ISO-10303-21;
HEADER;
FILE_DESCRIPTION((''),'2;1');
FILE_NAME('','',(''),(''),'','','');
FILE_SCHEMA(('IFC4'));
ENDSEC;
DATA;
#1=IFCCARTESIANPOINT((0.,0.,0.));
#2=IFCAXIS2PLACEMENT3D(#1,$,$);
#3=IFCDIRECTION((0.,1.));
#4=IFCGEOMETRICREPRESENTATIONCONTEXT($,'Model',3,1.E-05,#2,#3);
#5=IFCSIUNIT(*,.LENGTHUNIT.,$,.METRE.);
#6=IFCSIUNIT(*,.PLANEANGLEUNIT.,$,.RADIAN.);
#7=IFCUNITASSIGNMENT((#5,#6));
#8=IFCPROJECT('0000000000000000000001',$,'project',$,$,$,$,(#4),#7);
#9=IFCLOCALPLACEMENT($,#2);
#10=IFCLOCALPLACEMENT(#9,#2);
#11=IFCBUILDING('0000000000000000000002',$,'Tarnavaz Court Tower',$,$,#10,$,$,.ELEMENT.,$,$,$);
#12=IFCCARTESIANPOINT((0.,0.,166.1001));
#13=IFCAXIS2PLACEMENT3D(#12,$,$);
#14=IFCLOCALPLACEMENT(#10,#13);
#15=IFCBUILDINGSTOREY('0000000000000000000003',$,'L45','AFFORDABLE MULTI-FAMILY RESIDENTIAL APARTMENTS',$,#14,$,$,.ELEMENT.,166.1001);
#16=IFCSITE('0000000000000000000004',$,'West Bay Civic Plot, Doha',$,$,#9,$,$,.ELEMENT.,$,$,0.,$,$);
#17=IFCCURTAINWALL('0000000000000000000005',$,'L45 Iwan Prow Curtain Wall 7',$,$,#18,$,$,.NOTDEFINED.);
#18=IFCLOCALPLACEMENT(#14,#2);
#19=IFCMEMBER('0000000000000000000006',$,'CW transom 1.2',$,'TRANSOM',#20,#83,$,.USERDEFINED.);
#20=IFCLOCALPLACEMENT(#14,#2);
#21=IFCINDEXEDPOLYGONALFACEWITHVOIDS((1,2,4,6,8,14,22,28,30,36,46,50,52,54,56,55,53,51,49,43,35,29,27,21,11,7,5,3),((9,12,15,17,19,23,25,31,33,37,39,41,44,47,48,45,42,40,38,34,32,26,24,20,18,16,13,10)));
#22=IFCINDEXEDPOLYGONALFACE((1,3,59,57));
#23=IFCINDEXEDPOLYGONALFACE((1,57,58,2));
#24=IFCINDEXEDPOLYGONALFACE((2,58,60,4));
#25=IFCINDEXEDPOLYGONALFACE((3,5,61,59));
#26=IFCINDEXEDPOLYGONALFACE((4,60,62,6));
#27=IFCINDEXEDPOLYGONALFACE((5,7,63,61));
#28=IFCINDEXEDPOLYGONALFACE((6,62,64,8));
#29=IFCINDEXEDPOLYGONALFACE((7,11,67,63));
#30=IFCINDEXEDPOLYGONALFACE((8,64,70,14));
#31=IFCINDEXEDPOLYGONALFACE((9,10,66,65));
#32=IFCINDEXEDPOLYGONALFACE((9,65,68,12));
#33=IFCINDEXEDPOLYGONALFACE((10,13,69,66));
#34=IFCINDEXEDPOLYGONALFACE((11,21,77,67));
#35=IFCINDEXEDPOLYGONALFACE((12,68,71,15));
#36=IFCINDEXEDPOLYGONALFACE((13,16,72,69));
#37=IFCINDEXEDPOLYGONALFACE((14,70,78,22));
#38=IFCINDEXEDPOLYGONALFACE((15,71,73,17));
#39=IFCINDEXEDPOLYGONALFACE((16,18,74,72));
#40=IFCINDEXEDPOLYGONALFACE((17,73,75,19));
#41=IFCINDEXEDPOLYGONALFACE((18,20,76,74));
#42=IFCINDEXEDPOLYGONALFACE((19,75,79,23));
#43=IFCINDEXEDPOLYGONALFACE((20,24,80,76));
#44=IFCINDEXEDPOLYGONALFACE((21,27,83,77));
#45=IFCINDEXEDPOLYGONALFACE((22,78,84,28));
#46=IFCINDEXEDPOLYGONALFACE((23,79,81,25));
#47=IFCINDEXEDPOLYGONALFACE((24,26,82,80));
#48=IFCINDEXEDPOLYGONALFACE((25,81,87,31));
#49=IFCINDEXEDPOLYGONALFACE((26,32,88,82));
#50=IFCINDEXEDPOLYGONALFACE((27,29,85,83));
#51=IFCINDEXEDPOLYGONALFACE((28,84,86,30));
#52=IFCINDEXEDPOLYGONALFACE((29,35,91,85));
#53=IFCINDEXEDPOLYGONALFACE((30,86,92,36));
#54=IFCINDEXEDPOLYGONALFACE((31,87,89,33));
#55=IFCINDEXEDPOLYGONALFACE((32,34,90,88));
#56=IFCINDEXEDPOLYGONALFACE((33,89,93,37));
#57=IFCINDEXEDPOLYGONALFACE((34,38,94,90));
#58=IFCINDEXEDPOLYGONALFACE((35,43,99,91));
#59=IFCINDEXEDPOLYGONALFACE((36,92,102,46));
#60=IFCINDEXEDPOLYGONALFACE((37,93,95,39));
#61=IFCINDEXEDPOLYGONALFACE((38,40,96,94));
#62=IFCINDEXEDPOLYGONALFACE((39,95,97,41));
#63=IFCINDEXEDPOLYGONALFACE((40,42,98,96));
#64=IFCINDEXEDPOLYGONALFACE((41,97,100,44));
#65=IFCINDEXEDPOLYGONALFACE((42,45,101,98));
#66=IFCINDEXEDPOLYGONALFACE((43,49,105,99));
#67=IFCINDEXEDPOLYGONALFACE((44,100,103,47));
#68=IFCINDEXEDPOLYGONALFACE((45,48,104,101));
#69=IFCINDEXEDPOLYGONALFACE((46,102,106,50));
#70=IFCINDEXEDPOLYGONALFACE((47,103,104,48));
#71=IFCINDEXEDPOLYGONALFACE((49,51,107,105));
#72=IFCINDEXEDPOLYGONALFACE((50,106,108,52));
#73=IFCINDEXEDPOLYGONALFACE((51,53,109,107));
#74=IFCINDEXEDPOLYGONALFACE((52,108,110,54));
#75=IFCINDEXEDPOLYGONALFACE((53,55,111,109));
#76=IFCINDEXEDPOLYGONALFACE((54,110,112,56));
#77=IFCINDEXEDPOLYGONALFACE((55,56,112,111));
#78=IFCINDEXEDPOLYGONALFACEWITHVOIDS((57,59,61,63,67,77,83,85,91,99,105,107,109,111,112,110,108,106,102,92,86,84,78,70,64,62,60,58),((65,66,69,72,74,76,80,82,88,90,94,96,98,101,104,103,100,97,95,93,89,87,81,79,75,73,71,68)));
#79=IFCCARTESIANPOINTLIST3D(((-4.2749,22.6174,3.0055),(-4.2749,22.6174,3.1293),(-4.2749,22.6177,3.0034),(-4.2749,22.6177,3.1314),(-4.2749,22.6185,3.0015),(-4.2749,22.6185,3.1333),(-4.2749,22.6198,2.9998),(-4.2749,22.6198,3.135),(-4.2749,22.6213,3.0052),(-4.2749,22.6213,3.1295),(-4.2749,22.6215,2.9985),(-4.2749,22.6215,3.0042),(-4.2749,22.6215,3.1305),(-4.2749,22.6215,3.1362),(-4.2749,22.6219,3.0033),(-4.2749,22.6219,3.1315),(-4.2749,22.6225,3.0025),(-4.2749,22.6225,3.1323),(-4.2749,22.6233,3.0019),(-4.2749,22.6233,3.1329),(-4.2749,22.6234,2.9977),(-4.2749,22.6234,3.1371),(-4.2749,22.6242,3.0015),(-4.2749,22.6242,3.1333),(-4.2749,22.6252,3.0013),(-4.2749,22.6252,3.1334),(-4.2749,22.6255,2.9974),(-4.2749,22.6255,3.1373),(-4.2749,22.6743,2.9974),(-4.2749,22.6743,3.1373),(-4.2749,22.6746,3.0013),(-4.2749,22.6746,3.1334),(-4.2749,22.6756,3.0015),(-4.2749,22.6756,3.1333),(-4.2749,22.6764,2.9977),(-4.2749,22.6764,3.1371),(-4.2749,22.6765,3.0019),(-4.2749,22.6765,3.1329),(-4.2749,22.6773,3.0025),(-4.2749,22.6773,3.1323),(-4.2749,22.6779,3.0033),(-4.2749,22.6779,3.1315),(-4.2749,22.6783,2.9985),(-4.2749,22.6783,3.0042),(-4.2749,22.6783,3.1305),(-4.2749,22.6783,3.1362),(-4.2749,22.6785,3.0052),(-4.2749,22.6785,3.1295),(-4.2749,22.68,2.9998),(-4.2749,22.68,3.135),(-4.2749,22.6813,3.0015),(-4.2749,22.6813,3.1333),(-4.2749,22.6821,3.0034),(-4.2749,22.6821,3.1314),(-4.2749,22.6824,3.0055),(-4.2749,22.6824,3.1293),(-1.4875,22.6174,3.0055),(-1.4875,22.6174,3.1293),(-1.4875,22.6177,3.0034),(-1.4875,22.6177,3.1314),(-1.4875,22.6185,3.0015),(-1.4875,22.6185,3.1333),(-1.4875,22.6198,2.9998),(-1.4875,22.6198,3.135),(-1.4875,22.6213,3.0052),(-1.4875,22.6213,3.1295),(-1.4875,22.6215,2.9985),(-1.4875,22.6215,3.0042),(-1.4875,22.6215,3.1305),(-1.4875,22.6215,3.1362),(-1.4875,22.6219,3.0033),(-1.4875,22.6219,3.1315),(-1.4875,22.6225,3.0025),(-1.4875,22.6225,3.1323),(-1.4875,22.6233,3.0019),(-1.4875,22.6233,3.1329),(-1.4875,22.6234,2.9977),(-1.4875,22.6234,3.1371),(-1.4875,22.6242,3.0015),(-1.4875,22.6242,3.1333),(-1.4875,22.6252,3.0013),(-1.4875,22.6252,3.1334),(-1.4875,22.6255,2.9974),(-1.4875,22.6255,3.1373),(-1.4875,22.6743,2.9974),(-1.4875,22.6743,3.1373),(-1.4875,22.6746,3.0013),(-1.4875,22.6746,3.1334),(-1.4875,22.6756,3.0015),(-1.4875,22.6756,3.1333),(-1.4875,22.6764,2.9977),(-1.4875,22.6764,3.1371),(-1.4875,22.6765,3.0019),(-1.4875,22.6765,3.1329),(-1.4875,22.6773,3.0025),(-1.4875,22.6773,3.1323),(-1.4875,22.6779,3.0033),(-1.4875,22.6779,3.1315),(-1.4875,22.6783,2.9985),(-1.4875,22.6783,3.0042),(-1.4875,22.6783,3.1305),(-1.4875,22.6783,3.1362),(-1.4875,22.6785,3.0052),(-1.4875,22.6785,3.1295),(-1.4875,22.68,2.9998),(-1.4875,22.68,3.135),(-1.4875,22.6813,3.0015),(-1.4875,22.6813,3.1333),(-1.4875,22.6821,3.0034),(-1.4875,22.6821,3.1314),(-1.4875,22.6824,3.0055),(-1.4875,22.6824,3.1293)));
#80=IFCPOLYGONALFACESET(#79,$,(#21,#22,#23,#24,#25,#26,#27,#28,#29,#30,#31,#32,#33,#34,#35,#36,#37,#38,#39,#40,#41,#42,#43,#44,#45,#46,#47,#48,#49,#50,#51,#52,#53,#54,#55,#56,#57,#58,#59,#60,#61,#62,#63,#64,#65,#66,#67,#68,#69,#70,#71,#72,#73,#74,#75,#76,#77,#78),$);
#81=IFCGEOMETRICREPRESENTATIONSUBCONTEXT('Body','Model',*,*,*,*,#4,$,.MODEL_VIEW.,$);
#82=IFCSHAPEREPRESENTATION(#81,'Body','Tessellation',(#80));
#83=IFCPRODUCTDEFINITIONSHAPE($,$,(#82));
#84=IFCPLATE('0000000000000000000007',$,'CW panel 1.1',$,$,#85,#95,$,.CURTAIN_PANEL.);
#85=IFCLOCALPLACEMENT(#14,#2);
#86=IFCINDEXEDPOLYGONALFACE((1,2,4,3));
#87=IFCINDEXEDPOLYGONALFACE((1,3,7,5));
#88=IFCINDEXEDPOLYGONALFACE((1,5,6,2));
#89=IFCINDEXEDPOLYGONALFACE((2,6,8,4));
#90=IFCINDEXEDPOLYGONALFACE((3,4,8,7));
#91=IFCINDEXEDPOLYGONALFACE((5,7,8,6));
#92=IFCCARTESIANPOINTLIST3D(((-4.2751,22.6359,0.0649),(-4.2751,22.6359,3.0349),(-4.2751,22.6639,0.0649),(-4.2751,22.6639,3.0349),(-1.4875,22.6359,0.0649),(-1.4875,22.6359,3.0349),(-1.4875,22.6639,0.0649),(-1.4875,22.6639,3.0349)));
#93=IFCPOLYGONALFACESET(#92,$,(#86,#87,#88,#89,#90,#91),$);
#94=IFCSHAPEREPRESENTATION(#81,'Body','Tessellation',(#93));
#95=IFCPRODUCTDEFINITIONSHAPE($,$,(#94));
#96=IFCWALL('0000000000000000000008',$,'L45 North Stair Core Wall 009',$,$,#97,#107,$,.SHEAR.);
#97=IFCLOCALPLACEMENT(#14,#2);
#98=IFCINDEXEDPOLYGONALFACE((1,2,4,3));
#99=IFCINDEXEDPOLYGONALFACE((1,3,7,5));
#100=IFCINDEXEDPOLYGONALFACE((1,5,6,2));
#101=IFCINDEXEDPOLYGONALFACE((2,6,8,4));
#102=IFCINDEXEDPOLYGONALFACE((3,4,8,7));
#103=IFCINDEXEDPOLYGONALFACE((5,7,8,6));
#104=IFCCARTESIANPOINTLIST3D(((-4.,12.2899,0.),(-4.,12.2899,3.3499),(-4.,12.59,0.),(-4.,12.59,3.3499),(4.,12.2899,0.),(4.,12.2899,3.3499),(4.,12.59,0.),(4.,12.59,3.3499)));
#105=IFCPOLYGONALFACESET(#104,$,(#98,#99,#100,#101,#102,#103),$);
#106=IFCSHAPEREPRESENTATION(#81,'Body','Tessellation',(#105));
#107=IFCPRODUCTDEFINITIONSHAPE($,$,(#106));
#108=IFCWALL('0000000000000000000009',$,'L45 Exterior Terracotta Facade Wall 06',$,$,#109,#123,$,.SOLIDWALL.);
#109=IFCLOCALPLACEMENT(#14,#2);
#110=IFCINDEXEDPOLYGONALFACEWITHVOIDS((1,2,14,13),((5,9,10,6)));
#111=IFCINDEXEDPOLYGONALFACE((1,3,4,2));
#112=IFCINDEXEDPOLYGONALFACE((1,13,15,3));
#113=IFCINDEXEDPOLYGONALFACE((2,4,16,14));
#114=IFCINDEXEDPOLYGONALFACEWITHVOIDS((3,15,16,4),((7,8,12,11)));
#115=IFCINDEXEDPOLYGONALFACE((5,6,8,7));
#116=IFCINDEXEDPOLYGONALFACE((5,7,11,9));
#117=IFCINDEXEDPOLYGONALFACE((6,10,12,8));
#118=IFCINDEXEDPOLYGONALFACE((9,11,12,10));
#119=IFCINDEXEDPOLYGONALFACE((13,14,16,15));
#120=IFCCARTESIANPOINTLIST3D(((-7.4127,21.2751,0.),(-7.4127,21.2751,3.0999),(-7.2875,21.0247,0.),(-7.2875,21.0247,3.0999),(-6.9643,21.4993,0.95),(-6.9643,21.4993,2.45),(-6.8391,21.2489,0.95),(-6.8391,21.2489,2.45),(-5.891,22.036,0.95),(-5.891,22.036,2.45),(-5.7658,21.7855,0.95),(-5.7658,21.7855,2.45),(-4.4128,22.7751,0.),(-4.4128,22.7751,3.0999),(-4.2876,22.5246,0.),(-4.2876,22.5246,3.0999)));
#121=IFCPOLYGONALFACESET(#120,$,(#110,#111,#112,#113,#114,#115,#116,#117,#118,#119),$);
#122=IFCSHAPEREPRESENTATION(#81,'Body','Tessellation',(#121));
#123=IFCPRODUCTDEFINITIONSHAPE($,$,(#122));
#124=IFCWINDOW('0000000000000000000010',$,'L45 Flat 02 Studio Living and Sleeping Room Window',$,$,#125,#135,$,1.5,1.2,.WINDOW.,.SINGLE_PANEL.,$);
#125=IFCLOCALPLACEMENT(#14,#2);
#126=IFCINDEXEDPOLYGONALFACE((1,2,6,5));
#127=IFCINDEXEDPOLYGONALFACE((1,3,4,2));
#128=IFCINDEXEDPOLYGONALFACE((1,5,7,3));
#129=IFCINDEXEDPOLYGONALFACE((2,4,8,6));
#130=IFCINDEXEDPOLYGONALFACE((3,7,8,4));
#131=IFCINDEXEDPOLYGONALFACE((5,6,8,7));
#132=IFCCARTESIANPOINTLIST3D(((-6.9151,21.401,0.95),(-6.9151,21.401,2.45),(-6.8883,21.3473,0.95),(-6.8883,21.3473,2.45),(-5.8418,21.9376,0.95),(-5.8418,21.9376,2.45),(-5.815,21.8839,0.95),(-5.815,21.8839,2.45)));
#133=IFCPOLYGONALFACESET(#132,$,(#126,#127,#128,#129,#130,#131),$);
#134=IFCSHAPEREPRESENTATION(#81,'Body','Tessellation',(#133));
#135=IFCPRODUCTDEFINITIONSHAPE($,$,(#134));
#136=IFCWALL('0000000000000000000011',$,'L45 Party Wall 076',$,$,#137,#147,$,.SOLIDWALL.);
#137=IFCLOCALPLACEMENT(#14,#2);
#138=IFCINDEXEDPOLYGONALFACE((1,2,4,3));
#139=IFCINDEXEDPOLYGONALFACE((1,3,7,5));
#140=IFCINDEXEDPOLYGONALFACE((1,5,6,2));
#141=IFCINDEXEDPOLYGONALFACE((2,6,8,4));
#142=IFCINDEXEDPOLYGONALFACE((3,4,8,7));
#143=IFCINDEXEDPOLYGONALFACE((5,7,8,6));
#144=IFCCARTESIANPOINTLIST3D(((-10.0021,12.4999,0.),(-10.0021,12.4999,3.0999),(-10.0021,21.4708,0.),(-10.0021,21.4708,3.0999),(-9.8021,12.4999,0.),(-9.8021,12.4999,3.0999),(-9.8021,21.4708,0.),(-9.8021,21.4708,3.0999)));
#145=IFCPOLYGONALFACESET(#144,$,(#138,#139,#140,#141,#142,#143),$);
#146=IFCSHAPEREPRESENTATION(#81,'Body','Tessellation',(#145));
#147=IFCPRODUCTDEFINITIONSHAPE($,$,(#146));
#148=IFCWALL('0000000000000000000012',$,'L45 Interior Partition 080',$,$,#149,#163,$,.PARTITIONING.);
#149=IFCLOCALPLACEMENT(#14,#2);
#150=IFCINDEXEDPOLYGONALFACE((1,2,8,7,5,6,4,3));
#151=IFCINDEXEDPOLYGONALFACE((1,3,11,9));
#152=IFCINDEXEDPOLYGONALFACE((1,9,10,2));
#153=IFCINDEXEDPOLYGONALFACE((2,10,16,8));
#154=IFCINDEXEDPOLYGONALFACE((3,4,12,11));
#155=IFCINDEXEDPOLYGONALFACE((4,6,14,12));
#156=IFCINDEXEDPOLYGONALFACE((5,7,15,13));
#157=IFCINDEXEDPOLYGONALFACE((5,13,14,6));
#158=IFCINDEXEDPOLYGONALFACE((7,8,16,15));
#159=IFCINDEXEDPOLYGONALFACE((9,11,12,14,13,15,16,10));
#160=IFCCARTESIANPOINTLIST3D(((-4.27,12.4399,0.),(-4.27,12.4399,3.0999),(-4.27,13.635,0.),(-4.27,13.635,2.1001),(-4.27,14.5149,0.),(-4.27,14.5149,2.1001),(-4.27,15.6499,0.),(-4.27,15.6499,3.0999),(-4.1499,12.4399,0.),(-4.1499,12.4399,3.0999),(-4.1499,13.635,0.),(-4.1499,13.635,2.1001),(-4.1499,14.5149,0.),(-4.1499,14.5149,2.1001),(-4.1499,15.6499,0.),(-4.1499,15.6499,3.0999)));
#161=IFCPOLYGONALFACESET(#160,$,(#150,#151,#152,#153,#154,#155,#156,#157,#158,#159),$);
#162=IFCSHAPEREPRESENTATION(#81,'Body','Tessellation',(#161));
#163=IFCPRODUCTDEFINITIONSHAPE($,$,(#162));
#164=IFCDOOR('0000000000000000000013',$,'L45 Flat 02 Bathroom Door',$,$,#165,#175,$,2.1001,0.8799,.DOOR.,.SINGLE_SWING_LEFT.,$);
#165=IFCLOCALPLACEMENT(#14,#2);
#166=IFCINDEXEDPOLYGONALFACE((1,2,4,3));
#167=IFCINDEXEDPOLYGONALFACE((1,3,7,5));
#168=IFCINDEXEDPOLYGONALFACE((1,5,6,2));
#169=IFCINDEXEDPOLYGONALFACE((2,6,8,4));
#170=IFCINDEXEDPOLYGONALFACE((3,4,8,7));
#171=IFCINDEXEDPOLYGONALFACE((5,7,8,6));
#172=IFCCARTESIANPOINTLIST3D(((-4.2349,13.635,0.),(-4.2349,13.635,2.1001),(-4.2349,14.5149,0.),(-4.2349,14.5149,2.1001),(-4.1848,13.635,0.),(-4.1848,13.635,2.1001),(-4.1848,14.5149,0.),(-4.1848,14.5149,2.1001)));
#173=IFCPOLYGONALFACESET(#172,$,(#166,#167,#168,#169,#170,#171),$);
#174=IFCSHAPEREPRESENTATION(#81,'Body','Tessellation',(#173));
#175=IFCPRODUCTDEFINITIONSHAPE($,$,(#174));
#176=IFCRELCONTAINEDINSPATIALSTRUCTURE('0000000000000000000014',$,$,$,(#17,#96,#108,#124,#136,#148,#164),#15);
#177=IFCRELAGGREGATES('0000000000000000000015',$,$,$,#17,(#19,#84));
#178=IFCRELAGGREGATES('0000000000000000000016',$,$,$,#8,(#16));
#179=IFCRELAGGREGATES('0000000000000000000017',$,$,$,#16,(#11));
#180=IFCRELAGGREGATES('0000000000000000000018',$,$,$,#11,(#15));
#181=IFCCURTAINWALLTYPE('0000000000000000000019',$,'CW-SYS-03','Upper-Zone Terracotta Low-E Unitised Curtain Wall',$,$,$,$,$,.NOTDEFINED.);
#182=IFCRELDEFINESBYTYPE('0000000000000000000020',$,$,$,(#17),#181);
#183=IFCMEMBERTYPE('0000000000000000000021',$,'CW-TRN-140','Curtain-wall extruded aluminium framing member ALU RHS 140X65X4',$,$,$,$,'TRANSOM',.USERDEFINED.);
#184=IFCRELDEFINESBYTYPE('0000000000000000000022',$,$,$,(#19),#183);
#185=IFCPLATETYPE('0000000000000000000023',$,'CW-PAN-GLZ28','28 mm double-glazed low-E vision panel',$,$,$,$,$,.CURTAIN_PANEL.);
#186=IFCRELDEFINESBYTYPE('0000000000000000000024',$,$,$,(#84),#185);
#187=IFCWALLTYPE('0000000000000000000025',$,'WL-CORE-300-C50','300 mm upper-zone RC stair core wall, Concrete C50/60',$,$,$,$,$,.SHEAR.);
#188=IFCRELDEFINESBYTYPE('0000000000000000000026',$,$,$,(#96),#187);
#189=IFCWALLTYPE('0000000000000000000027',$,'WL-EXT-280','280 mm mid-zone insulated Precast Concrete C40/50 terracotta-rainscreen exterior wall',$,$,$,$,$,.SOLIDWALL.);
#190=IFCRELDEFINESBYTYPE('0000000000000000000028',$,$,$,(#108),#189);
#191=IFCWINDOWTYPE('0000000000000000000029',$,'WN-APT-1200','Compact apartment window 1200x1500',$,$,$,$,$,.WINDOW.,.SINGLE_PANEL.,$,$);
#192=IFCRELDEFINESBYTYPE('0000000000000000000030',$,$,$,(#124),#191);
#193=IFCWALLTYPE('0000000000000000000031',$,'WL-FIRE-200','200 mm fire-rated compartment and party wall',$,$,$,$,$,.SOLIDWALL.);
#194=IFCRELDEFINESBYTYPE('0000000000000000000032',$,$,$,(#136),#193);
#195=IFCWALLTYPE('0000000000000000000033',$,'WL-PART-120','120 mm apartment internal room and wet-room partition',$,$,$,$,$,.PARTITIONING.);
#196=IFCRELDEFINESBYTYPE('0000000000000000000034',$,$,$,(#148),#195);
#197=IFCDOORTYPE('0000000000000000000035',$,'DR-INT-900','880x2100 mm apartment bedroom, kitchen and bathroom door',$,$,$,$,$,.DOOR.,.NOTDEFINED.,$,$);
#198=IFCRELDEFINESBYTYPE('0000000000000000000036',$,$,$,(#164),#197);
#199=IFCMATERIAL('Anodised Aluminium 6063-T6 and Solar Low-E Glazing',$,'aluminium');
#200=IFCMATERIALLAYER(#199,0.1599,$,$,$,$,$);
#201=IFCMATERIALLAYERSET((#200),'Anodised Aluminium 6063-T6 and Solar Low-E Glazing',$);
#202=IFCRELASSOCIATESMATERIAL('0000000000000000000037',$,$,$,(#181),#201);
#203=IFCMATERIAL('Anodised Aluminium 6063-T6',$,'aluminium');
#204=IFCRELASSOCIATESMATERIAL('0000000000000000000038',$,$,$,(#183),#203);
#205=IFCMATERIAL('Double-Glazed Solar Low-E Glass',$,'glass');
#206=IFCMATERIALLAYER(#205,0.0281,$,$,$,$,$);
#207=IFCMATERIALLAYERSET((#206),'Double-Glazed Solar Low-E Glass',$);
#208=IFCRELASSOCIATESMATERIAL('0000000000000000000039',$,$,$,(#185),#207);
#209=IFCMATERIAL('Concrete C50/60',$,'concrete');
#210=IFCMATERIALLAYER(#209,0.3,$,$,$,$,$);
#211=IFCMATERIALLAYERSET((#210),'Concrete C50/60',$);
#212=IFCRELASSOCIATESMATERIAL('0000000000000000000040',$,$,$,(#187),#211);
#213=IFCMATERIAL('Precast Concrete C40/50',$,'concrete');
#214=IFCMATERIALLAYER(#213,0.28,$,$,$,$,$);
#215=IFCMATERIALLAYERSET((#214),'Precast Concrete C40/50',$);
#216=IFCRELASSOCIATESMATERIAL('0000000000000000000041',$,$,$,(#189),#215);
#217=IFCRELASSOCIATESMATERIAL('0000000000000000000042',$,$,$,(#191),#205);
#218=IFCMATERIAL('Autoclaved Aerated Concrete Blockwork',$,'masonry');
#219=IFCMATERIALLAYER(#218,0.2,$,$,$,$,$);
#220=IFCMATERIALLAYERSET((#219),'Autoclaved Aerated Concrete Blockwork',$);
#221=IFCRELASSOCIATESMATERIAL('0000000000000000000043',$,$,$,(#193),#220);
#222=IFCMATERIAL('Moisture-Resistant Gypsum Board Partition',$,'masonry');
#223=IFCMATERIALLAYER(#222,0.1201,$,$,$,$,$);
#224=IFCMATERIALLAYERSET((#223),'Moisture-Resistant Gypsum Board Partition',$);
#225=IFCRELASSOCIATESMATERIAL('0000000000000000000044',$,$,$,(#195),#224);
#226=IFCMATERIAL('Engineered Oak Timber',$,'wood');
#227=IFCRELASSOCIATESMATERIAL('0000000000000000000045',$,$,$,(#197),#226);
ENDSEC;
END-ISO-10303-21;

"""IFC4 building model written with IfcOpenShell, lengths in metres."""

from ifc_helpers import new_model, si_unit, direction, frame, frame_2d, origin, origin_2d, place, context, subcontext, project, spatial, rectangle, hollow_rectangle, extrude, material, layer, layer_set, material_profile, profile_set, type_object, element, fill, aggregate, save


model = new_model("IFC4")

# Units and contexts
model_context = context("Model", 3, precision=1e-05, world=origin(), true_north=direction((0.0, 1.0)))
body_context = subcontext(model_context, "Body", "Model", "MODEL_VIEW")
ifc_project = project(units=[si_unit("LENGTHUNIT", "METRE"), si_unit("PLANEANGLEUNIT", "RADIAN")], contexts=[model_context])

# Site, building, storey
site_placement = place(None, origin())
site = spatial("IfcSite", under=ifc_project, at=site_placement, Name="West Bay Civic Plot, Doha", CompositionType="ELEMENT", RefElevation=0.0)
building_placement = place(site_placement, origin())
building = spatial("IfcBuilding", under=site, at=building_placement, Name="Tarnavaz Court Tower", CompositionType="ELEMENT")
storey_placement = place(building_placement, frame((0.0, 0.0, 166.1001)))
storey = spatial("IfcBuildingStorey", under=building, at=storey_placement, Name="L45", Description="AFFORDABLE MULTI-FAMILY RESIDENTIAL APARTMENTS", CompositionType="ELEMENT", Elevation=166.1001)

# Shared definitions
ifc_material_1 = material(Name="Concrete C50/60", Category="concrete")

# Curtain wall, member, plate
ifc_material_2 = material(Name="Anodised Aluminium 6063-T6 and Solar Low-E Glazing", Category="aluminium")
ifc_layer_1 = layer(ifc_material_2, 0.1599)
ifc_layer_set_1 = layer_set([ifc_layer_1], Name="Anodised Aluminium 6063-T6 and Solar Low-E Glazing")
curtain_wall_type = type_object("IfcCurtainWallType", Name="CW-SYS-03", Description="Upper-Zone Terracotta Low-E Unitised Curtain Wall", PredefinedType="NOTDEFINED", material=ifc_layer_set_1)
curtain_wall_placement = place(storey_placement, origin())
curtain_wall = element("IfcCurtainWall", 1, at=curtain_wall_placement, inside=storey, type_object=curtain_wall_type, Name="L45 Iwan Prow Curtain Wall 7", PredefinedType="NOTDEFINED")
ifc_material_3 = material(Name="Anodised Aluminium 6063-T6", Category="aluminium")
ifc_material_profile_1 = material_profile(ifc_material_3, hollow_rectangle(XDim=0.0649, YDim=0.1399, WallThickness=0.0039, InnerFilletRadius=0.0039, OuterFilletRadius=0.0081, at=origin_2d()), Name="ALU RHS 140X65X4")
ifc_profile_set_1 = profile_set([ifc_material_profile_1], Name="Anodised Aluminium 6063-T6")
member_type_1 = type_object("IfcMemberType", Name="CW-TRN-140", Description="Curtain-wall extruded aluminium framing member ALU RHS 140X65X4", ElementType="TRANSOM", PredefinedType="USERDEFINED", material=ifc_profile_set_1)
member_1_placement = place(storey_placement, frame((-4.2749, 22.6499, 3.0674), z_axis=(1.0, 0.0, 0.0), x_axis=(0.0, 1.0, 0.0)))
member_1 = element("IfcMember", 2, at=member_1_placement, type_object=member_type_1, Name="CW transom 1.2", ObjectType="TRANSOM", PredefinedType="USERDEFINED", context=body_context, shape_type="SweptSolid", body=[
    extrude(hollow_rectangle(XDim=0.0649, YDim=0.1399, WallThickness=0.0039, InnerFilletRadius=0.0039, OuterFilletRadius=0.0081, at=origin_2d()), origin(), (0.0, 0.0, 1.0), 2.7874),
])
ifc_material_4 = material(Name="Double-Glazed Solar Low-E Glass", Category="glass")
ifc_layer_2 = layer(ifc_material_4, 0.0281)
ifc_layer_set_2 = layer_set([ifc_layer_2], Name="Double-Glazed Solar Low-E Glass")
plate_type = type_object("IfcPlateType", Name="CW-PAN-GLZ28", Description="28 mm double-glazed low-E vision panel", PredefinedType="CURTAIN_PANEL", material=ifc_layer_set_2)
plate_placement = place(storey_placement, frame((-2.8813, 22.6499, 0.0649), z_axis=(0.0, 0.0, 1.0), x_axis=(1.0, 0.0, 0.0)))
plate = element("IfcPlate", 3, at=plate_placement, type_object=plate_type, Name="CW panel 1.1", PredefinedType="CURTAIN_PANEL", context=body_context, shape_type="SweptSolid", body=[
    extrude(rectangle(XDim=2.7876, YDim=0.0281, at=origin_2d()), origin(), (0.0, 0.0, 1.0), 2.97),
])
aggregate(curtain_wall, [member_1, plate])

# Wall
ifc_layer_3 = layer(ifc_material_1, 0.3)
ifc_layer_set_3 = layer_set([ifc_layer_3], Name="Concrete C50/60")
wall_type_1 = type_object("IfcWallType", Name="WL-CORE-300-C50", Description="300 mm upper-zone RC stair core wall, Concrete C50/60", PredefinedType="SHEAR", material=ifc_layer_set_3)
wall_1_placement = place(storey_placement, frame((-4.0, 12.4399, 0.0), z_axis=(0.0, 0.0, 1.0), x_axis=(1.0, 0.0, 0.0)))
element("IfcWall", 4, at=wall_1_placement, inside=storey, type_object=wall_type_1, Name="L45 North Stair Core Wall 009", PredefinedType="SHEAR", context=body_context, shape_type="SweptSolid", body=[
    extrude(rectangle(XDim=8.0, YDim=0.3, at=frame_2d((4.0, 0.0))), origin(), (0.0, 0.0, 1.0), 3.3499),
])

# Wall, opening, window
ifc_material_5 = material(Name="Precast Concrete C40/50", Category="concrete")
ifc_layer_4 = layer(ifc_material_5, 0.28)
ifc_layer_set_4 = layer_set([ifc_layer_4], Name="Precast Concrete C40/50")
wall_type_2 = type_object("IfcWallType", Name="WL-EXT-280", Description="280 mm mid-zone insulated Precast Concrete C40/50 terracotta-rainscreen exterior wall", PredefinedType="SOLIDWALL", material=ifc_layer_set_4)
wall_2_placement = place(storey_placement, frame((-7.3501, 21.1499, 0.0), z_axis=(0.0, 0.0, 1.0), x_axis=(0.894427, 0.447214, 0.0)))
wall_2 = element("IfcWall", 5, at=wall_2_placement, inside=storey, type_object=wall_type_2, Name="L45 Exterior Terracotta Facade Wall 06", PredefinedType="SOLIDWALL", context=body_context, shape_type="SweptSolid", body=[
    extrude(rectangle(XDim=3.354, YDim=0.28, at=frame_2d((1.677, 0.0))), origin(), (0.0, 0.0, 1.0), 3.0999),
])
opening_1_placement = place(wall_2_placement, frame((0.5012, 0.0, 0.95)))
opening_1 = element("IfcOpeningElement", 6, at=opening_1_placement, cuts=wall_2, PredefinedType="OPENING", context=body_context, shape_type="SweptSolid", body=[
    extrude(rectangle(XDim=1.2, YDim=1.5, at=frame_2d((0.6001, 0.75))), frame((0.0, 0.1499, 0.0), z_axis=(0.0, -1.0, 0.0), x_axis=(1.0, 0.0, 0.0)), (0.0, 0.0, 1.0), 0.3),
])
window_type = type_object("IfcWindowType", Name="WN-APT-1200", Description="Compact apartment window 1200x1500", PartitioningType="SINGLE_PANEL", PredefinedType="WINDOW", material=ifc_material_4)
window_placement = place(opening_1_placement, origin())
window = element("IfcWindow", 7, at=window_placement, inside=storey, type_object=window_type, Name="L45 Flat 02 Studio Living and Sleeping Room Window", OverallHeight=1.5, OverallWidth=1.2, PartitioningType="SINGLE_PANEL", PredefinedType="WINDOW", context=body_context, shape_type="SweptSolid", body=[
    extrude(rectangle(XDim=1.2, YDim=1.5, at=frame_2d((0.6001, 0.75))), frame((0.0, 0.03, 0.0), z_axis=(0.0, -1.0, 0.0), x_axis=(1.0, 0.0, 0.0)), (0.0, 0.0, 1.0), 0.0601),
])
fill(opening_1, window)

# Wall
ifc_material_6 = material(Name="Autoclaved Aerated Concrete Blockwork", Category="masonry")
ifc_layer_5 = layer(ifc_material_6, 0.2)
ifc_layer_set_5 = layer_set([ifc_layer_5], Name="Autoclaved Aerated Concrete Blockwork")
wall_type_3 = type_object("IfcWallType", Name="WL-FIRE-200", Description="200 mm fire-rated compartment and party wall", PredefinedType="SOLIDWALL", material=ifc_layer_set_5)
wall_3_placement = place(storey_placement, frame((-9.9021, 12.5, 0.0), z_axis=(0.0, 0.0, 1.0), x_axis=(0.0, 1.0, 0.0)))
element("IfcWall", 8, at=wall_3_placement, inside=storey, type_object=wall_type_3, Name="L45 Party Wall 076", PredefinedType="SOLIDWALL", context=body_context, shape_type="SweptSolid", body=[
    extrude(rectangle(XDim=8.9709, YDim=0.2, at=frame_2d((4.4854, 0.0))), origin(), (0.0, 0.0, 1.0), 3.0999),
])

# Wall, opening, door
ifc_material_7 = material(Name="Moisture-Resistant Gypsum Board Partition", Category="masonry")
ifc_layer_6 = layer(ifc_material_7, 0.1201)
ifc_layer_set_6 = layer_set([ifc_layer_6], Name="Moisture-Resistant Gypsum Board Partition")
wall_type_4 = type_object("IfcWallType", Name="WL-PART-120", Description="120 mm apartment internal room and wet-room partition", PredefinedType="PARTITIONING", material=ifc_layer_set_6)
wall_4_placement = place(storey_placement, frame((-4.21, 12.4399, 0.0), z_axis=(0.0, 0.0, 1.0), x_axis=(0.0, 1.0, 0.0)))
wall_4 = element("IfcWall", 9, at=wall_4_placement, inside=storey, type_object=wall_type_4, Name="L45 Interior Partition 080", PredefinedType="PARTITIONING", context=body_context, shape_type="SweptSolid", body=[
    extrude(rectangle(XDim=3.21, YDim=0.1201, at=frame_2d((1.605, 0.0))), origin(), (0.0, 0.0, 1.0), 3.0999),
])
opening_2_placement = place(wall_4_placement, frame((1.1951, 0.0, 0.0)))
opening_2 = element("IfcOpeningElement", 10, at=opening_2_placement, cuts=wall_4, PredefinedType="OPENING", context=body_context, shape_type="SweptSolid", body=[
    extrude(rectangle(XDim=0.8799, YDim=2.1001, at=frame_2d((0.4399, 1.05))), frame((0.0, 0.0701, 0.0), z_axis=(0.0, -1.0, 0.0), x_axis=(1.0, 0.0, 0.0)), (0.0, 0.0, 1.0), 0.1401),
])
ifc_material_8 = material(Name="Engineered Oak Timber", Category="wood")
door_type = type_object("IfcDoorType", Name="DR-INT-900", Description="880x2100 mm apartment bedroom, kitchen and bathroom door", OperationType="NOTDEFINED", PredefinedType="DOOR", material=ifc_material_8)
door_1_placement = place(opening_2_placement, origin())
door_1 = element("IfcDoor", 11, at=door_1_placement, inside=storey, type_object=door_type, Name="L45 Flat 02 Bathroom Door", OperationType="SINGLE_SWING_LEFT", OverallHeight=2.1001, OverallWidth=0.8799, PredefinedType="DOOR", context=body_context, shape_type="SweptSolid", body=[
    extrude(rectangle(XDim=0.8799, YDim=2.1001, at=frame_2d((0.4399, 1.05))), frame((0.0, 0.0249, 0.0), z_axis=(0.0, -1.0, 0.0), x_axis=(1.0, 0.0, 0.0)), (0.0, 0.0, 1.0), 0.05),
])
fill(opening_2, door_1)

save(model, "model.ifc")
